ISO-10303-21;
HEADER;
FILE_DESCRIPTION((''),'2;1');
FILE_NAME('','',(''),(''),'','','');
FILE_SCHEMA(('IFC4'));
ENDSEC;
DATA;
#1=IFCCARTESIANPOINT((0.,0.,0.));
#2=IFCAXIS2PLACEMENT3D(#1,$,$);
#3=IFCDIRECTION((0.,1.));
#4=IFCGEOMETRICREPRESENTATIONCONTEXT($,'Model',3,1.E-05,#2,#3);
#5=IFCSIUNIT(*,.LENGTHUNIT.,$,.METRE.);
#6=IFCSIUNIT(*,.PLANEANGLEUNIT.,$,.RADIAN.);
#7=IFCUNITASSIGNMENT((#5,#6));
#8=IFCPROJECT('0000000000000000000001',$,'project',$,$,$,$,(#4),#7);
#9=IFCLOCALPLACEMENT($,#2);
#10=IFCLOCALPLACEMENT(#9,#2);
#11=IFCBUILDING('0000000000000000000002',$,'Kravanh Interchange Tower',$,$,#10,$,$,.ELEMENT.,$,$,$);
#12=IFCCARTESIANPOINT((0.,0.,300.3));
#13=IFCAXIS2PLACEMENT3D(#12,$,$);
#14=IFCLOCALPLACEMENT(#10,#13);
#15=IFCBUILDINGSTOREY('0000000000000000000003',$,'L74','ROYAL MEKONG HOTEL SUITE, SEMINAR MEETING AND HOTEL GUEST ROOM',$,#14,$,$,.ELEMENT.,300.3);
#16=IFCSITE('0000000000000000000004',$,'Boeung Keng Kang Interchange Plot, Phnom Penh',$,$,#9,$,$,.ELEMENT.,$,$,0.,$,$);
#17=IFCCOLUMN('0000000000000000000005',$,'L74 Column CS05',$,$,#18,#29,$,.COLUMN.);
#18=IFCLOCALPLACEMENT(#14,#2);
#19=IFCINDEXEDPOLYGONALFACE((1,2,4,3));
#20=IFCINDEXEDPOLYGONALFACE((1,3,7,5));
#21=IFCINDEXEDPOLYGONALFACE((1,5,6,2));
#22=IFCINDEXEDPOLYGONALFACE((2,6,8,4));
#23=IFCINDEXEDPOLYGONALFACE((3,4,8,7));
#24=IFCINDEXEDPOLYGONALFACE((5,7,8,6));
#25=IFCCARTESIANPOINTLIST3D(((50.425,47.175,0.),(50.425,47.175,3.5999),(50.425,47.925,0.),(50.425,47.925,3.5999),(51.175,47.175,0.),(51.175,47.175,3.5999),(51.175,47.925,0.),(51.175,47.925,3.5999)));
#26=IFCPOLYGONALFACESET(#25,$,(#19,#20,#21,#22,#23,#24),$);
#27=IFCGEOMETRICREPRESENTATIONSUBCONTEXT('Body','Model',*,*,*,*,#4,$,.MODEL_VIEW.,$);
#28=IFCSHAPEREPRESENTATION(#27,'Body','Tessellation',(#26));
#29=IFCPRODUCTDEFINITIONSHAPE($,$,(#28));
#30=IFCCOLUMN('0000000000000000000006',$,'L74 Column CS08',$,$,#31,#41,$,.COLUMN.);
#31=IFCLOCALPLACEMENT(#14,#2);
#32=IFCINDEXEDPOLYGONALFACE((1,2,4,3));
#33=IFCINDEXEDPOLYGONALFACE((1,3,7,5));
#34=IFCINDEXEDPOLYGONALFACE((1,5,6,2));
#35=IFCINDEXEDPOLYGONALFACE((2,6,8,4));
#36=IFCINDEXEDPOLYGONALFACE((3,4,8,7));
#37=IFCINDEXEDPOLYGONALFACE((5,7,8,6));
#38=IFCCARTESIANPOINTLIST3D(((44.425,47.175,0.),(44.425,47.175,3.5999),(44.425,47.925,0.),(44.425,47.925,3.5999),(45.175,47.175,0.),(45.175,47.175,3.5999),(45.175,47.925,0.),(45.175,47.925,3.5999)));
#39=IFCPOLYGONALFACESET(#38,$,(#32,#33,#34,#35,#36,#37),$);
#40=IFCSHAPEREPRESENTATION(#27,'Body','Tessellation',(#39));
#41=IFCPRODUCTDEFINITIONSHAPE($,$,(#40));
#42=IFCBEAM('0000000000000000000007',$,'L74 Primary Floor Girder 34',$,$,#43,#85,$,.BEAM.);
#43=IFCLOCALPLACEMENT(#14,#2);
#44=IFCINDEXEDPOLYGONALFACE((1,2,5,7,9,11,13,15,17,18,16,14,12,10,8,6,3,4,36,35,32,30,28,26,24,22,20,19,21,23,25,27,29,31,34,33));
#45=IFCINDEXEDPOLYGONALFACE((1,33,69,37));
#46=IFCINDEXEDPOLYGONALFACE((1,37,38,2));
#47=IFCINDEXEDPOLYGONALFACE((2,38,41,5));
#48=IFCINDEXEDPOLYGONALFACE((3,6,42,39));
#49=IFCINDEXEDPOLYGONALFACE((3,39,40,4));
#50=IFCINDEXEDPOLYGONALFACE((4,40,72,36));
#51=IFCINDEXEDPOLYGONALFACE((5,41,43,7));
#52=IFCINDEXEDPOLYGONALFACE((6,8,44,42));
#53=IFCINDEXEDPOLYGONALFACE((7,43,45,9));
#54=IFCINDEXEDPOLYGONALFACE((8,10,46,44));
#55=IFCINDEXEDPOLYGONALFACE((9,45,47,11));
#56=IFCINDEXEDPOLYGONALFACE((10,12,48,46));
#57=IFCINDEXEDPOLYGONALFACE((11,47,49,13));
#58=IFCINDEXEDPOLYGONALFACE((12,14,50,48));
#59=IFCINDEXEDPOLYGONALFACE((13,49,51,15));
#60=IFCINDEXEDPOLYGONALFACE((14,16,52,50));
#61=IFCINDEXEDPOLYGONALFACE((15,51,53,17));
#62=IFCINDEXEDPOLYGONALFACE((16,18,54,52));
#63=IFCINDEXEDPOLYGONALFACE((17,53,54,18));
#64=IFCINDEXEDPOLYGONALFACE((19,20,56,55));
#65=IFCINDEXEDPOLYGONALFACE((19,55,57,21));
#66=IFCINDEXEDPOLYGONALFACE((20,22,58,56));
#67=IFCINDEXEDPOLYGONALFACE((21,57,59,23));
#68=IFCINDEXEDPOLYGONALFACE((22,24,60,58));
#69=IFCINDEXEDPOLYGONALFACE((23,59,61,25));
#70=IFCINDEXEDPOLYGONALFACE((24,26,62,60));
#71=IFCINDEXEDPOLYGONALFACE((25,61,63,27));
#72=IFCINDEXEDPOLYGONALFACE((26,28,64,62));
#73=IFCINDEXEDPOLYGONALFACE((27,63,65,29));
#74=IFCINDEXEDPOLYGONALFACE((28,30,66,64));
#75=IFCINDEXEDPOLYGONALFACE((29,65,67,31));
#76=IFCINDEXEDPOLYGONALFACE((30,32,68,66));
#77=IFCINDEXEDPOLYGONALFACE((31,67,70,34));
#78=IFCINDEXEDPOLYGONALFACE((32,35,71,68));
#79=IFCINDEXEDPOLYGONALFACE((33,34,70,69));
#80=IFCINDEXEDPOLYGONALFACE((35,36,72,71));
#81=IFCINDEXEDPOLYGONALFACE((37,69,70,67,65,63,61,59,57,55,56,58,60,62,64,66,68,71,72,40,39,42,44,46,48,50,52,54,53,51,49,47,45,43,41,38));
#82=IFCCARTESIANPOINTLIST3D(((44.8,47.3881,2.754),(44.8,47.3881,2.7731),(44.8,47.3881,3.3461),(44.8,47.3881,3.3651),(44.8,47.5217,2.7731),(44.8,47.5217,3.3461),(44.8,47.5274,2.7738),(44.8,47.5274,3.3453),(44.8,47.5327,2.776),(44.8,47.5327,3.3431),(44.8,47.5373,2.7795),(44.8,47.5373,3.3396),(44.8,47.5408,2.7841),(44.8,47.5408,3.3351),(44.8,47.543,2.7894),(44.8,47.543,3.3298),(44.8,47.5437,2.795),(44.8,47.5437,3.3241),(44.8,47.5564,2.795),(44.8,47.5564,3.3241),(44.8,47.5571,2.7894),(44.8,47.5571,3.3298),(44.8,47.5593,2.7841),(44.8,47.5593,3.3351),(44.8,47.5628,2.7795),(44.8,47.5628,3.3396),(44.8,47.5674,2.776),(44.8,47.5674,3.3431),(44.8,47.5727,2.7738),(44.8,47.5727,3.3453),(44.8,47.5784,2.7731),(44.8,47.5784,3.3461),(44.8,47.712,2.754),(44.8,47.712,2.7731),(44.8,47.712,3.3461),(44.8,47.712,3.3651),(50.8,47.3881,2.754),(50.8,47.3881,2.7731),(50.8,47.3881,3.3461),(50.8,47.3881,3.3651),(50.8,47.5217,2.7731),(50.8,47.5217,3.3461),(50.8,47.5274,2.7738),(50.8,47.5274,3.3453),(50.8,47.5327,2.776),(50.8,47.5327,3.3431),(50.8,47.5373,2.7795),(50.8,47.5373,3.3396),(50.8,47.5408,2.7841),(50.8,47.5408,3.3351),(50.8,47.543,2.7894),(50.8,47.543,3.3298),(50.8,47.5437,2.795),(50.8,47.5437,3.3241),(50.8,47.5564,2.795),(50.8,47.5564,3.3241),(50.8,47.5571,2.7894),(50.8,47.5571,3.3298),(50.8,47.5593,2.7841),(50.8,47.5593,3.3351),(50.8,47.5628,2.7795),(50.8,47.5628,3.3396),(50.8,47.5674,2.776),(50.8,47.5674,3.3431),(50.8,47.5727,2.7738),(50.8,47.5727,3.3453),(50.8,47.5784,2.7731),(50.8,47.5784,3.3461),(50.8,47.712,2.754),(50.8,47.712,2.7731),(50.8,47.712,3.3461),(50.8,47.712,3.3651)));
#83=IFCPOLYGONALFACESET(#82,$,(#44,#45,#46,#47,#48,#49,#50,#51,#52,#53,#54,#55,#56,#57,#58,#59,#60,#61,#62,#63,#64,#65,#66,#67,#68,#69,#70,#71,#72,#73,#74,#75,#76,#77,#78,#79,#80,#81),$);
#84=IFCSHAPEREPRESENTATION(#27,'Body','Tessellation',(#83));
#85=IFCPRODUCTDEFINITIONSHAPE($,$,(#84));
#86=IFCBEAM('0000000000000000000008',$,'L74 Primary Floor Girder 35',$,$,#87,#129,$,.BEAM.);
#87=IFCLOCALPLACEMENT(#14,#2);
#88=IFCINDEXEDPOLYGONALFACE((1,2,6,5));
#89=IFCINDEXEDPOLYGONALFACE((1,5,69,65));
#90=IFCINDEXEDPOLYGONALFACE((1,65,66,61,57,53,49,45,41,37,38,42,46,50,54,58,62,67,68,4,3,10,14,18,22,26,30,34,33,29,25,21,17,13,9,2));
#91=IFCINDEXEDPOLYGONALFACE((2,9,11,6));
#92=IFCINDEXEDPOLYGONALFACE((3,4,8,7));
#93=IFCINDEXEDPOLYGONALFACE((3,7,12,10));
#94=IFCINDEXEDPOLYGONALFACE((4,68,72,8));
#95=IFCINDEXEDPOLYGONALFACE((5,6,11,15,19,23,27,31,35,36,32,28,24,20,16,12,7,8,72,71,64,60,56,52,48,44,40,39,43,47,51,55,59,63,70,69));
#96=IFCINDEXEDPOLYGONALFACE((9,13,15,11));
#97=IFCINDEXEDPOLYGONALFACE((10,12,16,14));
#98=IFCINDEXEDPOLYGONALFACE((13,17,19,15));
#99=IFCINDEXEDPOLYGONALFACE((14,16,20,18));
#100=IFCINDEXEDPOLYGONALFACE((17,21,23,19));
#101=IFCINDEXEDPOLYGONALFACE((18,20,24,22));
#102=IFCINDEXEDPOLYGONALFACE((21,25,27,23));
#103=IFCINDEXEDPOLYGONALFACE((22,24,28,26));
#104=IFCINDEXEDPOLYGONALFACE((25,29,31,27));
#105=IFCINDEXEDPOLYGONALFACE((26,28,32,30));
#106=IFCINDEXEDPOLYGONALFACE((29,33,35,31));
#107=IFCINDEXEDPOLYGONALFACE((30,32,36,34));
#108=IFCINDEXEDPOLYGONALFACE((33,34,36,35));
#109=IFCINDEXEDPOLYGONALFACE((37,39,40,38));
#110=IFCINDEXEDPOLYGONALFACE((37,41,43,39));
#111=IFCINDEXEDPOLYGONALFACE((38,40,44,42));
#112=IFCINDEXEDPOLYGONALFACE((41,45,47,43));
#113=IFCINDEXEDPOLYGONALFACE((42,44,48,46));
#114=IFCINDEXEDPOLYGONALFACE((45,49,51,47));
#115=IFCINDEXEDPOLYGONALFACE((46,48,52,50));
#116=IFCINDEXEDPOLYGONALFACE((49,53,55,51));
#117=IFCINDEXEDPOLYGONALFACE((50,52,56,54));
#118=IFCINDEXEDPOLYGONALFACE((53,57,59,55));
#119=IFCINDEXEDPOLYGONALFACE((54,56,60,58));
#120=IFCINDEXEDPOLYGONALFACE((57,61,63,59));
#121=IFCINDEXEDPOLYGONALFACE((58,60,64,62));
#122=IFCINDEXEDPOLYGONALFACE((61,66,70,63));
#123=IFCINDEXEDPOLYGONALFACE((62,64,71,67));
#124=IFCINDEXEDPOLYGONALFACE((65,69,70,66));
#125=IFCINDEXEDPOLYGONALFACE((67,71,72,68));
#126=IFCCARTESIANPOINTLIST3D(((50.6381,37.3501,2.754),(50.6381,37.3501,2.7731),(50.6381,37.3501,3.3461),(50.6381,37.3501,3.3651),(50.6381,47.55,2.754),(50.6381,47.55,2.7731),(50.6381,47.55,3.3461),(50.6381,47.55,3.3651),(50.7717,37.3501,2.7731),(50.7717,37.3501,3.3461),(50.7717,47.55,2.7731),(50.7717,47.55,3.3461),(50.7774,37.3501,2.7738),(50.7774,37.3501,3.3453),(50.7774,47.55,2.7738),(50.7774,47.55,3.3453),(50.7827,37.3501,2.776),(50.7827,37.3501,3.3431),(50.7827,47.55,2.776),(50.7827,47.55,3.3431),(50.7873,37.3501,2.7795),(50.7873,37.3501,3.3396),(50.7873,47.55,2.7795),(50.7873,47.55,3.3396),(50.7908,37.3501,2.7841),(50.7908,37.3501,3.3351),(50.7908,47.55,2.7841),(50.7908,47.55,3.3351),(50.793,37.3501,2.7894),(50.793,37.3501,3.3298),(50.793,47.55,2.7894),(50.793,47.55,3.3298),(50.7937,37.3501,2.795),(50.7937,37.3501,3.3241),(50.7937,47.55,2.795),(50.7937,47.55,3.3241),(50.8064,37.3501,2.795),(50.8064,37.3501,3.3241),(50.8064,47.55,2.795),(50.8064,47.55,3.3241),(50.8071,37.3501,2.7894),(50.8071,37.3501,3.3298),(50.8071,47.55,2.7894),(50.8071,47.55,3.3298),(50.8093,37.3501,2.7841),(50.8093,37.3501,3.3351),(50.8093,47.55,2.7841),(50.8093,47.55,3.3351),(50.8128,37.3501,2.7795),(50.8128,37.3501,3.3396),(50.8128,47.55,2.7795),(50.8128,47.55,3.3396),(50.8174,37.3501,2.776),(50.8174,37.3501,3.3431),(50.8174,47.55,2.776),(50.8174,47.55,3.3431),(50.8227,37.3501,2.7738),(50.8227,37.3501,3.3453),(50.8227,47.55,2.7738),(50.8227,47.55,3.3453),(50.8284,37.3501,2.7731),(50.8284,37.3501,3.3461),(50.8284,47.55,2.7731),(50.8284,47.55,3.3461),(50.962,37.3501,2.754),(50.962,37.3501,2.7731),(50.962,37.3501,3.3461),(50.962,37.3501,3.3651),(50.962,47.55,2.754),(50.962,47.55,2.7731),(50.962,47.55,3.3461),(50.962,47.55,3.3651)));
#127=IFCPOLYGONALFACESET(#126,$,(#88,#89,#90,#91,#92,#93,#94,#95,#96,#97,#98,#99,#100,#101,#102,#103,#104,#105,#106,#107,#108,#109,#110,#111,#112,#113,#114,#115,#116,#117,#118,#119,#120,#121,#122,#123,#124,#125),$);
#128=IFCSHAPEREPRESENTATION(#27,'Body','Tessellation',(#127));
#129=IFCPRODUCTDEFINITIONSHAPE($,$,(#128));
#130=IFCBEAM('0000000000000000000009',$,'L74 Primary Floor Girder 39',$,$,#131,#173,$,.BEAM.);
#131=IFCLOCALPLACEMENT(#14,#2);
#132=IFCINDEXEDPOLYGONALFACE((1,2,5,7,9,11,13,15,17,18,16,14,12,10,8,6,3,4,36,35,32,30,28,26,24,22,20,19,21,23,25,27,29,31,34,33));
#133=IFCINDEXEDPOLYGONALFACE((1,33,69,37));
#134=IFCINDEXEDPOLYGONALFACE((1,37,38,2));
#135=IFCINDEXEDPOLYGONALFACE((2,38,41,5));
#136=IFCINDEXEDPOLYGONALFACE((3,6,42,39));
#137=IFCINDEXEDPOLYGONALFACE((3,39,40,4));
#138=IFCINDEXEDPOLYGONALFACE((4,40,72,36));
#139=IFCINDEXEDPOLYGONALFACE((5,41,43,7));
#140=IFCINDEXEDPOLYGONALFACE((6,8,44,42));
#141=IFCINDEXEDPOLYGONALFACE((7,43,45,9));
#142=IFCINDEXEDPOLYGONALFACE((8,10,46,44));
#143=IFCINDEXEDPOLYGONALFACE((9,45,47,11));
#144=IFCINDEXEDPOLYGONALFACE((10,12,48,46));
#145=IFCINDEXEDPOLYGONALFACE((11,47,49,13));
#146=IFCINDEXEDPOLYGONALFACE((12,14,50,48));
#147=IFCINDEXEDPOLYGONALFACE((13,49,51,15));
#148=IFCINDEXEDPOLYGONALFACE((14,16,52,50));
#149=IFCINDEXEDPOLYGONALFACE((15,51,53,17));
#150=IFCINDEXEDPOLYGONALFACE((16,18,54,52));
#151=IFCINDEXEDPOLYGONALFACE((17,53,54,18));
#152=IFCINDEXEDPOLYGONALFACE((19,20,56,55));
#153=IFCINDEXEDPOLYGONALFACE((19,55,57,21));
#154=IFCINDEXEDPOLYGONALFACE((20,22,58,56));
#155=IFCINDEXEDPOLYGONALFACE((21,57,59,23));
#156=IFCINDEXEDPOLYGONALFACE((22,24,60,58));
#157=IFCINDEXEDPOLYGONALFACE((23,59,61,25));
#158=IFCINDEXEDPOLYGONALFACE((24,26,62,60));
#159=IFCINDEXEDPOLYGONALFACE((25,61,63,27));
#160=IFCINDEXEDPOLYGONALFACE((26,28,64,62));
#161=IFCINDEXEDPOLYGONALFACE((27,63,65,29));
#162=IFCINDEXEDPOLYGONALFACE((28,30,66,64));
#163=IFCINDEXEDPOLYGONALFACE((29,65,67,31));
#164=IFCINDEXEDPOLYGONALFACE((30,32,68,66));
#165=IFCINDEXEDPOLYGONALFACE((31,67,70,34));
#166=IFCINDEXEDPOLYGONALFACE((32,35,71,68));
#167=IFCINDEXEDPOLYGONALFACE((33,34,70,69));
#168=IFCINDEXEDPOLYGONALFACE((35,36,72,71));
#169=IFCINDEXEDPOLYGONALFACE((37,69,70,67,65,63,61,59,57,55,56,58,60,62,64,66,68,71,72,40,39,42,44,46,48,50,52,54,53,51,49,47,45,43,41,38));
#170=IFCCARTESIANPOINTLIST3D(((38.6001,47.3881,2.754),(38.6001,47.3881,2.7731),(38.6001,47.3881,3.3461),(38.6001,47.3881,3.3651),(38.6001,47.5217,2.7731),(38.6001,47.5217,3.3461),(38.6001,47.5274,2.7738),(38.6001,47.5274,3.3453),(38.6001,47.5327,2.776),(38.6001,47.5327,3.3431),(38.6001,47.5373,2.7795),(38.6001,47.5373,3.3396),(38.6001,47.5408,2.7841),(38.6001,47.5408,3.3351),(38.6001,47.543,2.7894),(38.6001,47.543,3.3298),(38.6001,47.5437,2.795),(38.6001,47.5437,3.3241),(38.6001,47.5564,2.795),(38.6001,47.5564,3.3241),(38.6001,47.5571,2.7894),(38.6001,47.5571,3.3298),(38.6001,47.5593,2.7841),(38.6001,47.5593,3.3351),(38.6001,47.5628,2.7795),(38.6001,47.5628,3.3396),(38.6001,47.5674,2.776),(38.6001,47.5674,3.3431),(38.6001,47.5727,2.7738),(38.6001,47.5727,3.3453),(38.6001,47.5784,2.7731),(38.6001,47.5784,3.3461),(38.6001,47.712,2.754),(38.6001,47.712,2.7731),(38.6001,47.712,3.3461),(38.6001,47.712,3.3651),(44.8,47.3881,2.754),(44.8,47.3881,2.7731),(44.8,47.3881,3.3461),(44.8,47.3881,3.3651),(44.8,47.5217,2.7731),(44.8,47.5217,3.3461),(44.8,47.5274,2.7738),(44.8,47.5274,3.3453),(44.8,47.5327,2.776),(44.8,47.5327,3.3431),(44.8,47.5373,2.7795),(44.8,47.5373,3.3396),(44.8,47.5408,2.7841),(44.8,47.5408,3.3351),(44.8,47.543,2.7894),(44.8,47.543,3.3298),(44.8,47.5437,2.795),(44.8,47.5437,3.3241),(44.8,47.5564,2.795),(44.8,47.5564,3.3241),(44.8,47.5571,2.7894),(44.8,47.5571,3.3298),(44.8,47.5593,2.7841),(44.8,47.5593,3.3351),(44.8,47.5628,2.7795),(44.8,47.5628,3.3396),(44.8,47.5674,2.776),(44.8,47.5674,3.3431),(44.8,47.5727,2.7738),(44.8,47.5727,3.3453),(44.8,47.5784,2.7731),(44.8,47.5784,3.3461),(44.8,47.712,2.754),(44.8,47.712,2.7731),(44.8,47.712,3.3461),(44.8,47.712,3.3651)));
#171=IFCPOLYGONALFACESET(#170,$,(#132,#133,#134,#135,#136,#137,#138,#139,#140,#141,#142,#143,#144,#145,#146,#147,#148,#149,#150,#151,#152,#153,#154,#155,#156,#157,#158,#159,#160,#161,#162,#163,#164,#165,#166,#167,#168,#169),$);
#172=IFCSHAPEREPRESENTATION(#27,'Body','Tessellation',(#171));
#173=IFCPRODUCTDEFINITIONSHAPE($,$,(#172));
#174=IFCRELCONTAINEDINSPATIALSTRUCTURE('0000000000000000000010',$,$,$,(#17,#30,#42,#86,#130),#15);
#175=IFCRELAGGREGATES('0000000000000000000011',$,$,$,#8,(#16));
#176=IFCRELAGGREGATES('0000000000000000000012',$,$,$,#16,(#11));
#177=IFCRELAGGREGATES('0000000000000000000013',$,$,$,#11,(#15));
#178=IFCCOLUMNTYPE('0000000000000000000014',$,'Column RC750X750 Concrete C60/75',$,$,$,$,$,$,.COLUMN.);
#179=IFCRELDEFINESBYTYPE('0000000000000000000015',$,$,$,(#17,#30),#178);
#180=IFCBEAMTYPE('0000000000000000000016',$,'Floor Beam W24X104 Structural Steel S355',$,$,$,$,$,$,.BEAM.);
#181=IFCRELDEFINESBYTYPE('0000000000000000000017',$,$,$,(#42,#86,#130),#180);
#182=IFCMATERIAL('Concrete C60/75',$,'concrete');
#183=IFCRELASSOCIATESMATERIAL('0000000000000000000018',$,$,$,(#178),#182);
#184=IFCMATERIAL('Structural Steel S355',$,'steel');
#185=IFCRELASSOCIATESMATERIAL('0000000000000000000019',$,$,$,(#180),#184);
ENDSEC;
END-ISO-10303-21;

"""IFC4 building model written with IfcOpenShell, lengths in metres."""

from ifc_helpers import new_model, si_unit, direction, frame, origin, origin_2d, place, context, subcontext, project, spatial, rectangle, i_section, extrude, material, material_profile, profile_set, type_object, element, save


model = new_model("IFC4")

# Units and contexts
model_context = context("Model", 3, precision=1e-05, world=origin(), true_north=direction((0.0, 1.0)))
body_context = subcontext(model_context, "Body", "Model", "MODEL_VIEW")
ifc_project = project(units=[si_unit("LENGTHUNIT", "METRE"), si_unit("PLANEANGLEUNIT", "RADIAN")], contexts=[model_context])

# Site, building, storey
site_placement = place(None, origin())
site = spatial("IfcSite", under=ifc_project, at=site_placement, Name="Boeung Keng Kang Interchange Plot, Phnom Penh", CompositionType="ELEMENT", RefElevation=0.0)
building_placement = place(site_placement, origin())
building = spatial("IfcBuilding", under=site, at=building_placement, Name="Kravanh Interchange Tower", CompositionType="ELEMENT")
storey_placement = place(building_placement, frame((0.0, 0.0, 300.3)))
storey = spatial("IfcBuildingStorey", under=building, at=storey_placement, Name="L74", Description="ROYAL MEKONG HOTEL SUITE, SEMINAR MEETING AND HOTEL GUEST ROOM", CompositionType="ELEMENT", Elevation=300.3)

# Columns
ifc_material_1 = material(Name="Concrete C60/75", Category="concrete")
ifc_material_profile_1 = material_profile(ifc_material_1, rectangle(XDim=0.75, YDim=0.75, at=origin_2d()), Name="RC750X750")
ifc_profile_set_1 = profile_set([ifc_material_profile_1], Name="Concrete C60/75")
column_type = type_object("IfcColumnType", Name="Column RC750X750 Concrete C60/75", PredefinedType="COLUMN", material=ifc_profile_set_1)
for number, where, z_axis, x_axis, name in (
    (1, (50.8, 47.55, 0.0), (0.0, 0.0, 1.0), (1.0, 0.0, 0.0), "L74 Column CS05"),
    (2, (44.8, 47.55, 0.0), (0.0, 0.0, 1.0), (1.0, 0.0, 0.0), "L74 Column CS08"),
):
    element("IfcColumn", number, at=place(storey_placement, frame(where, z_axis=z_axis, x_axis=x_axis)), inside=storey, type_object=column_type, Name=name, PredefinedType="COLUMN", context=body_context, shape_type="SweptSolid", body=[
        extrude(rectangle(XDim=0.75, YDim=0.75, at=origin_2d()), origin(), (0.0, 0.0, 1.0), 3.5999),
    ])

# Beams
ifc_material_2 = material(Name="Structural Steel S355", Category="steel")
ifc_material_profile_2 = material_profile(ifc_material_2, i_section(OverallWidth=0.324, OverallDepth=0.6111, WebThickness=0.0127, FlangeThickness=0.019, FilletRadius=0.022, at=origin_2d()), Name="W24X104")
ifc_profile_set_2 = profile_set([ifc_material_profile_2], Name="Structural Steel S355")
beam_type = type_object("IfcBeamType", Name="Floor Beam W24X104 Structural Steel S355", PredefinedType="BEAM", material=ifc_profile_set_2)
beam_1_placement = place(storey_placement, frame((50.8, 47.55, 3.0596), z_axis=(-1.0, 0.0, 0.0), x_axis=(0.0, -1.0, 0.0)))
element("IfcBeam", 3, at=beam_1_placement, inside=storey, type_object=beam_type, Name="L74 Primary Floor Girder 34", PredefinedType="BEAM", context=body_context, shape_type="SweptSolid", body=[
    extrude(i_section(OverallWidth=0.324, OverallDepth=0.6111, WebThickness=0.0127, FlangeThickness=0.019, FilletRadius=0.022, at=origin_2d()), origin(), (0.0, 0.0, 1.0), 6.0),
])
beam_2_placement = place(storey_placement, frame((50.8, 47.55, 3.0596), z_axis=(0.0, -1.0, 0.0), x_axis=(1.0, 0.0, 0.0)))
element("IfcBeam", 4, at=beam_2_placement, inside=storey, type_object=beam_type, Name="L74 Primary Floor Girder 35", PredefinedType="BEAM", context=body_context, shape_type="SweptSolid", body=[
    extrude(i_section(OverallWidth=0.324, OverallDepth=0.6111, WebThickness=0.0127, FlangeThickness=0.019, FilletRadius=0.022, at=origin_2d()), origin(), (0.0, 0.0, 1.0), 10.2),
])
beam_3_placement = place(storey_placement, frame((44.8, 47.55, 3.0596), z_axis=(-1.0, 0.0, 0.0), x_axis=(0.0, -1.0, 0.0)))
element("IfcBeam", 5, at=beam_3_placement, inside=storey, type_object=beam_type, Name="L74 Primary Floor Girder 39", PredefinedType="BEAM", context=body_context, shape_type="SweptSolid", body=[
    extrude(i_section(OverallWidth=0.324, OverallDepth=0.6111, WebThickness=0.0127, FlangeThickness=0.019, FilletRadius=0.022, at=origin_2d()), origin(), (0.0, 0.0, 1.0), 6.2),
])

save(model, "model.ifc")
